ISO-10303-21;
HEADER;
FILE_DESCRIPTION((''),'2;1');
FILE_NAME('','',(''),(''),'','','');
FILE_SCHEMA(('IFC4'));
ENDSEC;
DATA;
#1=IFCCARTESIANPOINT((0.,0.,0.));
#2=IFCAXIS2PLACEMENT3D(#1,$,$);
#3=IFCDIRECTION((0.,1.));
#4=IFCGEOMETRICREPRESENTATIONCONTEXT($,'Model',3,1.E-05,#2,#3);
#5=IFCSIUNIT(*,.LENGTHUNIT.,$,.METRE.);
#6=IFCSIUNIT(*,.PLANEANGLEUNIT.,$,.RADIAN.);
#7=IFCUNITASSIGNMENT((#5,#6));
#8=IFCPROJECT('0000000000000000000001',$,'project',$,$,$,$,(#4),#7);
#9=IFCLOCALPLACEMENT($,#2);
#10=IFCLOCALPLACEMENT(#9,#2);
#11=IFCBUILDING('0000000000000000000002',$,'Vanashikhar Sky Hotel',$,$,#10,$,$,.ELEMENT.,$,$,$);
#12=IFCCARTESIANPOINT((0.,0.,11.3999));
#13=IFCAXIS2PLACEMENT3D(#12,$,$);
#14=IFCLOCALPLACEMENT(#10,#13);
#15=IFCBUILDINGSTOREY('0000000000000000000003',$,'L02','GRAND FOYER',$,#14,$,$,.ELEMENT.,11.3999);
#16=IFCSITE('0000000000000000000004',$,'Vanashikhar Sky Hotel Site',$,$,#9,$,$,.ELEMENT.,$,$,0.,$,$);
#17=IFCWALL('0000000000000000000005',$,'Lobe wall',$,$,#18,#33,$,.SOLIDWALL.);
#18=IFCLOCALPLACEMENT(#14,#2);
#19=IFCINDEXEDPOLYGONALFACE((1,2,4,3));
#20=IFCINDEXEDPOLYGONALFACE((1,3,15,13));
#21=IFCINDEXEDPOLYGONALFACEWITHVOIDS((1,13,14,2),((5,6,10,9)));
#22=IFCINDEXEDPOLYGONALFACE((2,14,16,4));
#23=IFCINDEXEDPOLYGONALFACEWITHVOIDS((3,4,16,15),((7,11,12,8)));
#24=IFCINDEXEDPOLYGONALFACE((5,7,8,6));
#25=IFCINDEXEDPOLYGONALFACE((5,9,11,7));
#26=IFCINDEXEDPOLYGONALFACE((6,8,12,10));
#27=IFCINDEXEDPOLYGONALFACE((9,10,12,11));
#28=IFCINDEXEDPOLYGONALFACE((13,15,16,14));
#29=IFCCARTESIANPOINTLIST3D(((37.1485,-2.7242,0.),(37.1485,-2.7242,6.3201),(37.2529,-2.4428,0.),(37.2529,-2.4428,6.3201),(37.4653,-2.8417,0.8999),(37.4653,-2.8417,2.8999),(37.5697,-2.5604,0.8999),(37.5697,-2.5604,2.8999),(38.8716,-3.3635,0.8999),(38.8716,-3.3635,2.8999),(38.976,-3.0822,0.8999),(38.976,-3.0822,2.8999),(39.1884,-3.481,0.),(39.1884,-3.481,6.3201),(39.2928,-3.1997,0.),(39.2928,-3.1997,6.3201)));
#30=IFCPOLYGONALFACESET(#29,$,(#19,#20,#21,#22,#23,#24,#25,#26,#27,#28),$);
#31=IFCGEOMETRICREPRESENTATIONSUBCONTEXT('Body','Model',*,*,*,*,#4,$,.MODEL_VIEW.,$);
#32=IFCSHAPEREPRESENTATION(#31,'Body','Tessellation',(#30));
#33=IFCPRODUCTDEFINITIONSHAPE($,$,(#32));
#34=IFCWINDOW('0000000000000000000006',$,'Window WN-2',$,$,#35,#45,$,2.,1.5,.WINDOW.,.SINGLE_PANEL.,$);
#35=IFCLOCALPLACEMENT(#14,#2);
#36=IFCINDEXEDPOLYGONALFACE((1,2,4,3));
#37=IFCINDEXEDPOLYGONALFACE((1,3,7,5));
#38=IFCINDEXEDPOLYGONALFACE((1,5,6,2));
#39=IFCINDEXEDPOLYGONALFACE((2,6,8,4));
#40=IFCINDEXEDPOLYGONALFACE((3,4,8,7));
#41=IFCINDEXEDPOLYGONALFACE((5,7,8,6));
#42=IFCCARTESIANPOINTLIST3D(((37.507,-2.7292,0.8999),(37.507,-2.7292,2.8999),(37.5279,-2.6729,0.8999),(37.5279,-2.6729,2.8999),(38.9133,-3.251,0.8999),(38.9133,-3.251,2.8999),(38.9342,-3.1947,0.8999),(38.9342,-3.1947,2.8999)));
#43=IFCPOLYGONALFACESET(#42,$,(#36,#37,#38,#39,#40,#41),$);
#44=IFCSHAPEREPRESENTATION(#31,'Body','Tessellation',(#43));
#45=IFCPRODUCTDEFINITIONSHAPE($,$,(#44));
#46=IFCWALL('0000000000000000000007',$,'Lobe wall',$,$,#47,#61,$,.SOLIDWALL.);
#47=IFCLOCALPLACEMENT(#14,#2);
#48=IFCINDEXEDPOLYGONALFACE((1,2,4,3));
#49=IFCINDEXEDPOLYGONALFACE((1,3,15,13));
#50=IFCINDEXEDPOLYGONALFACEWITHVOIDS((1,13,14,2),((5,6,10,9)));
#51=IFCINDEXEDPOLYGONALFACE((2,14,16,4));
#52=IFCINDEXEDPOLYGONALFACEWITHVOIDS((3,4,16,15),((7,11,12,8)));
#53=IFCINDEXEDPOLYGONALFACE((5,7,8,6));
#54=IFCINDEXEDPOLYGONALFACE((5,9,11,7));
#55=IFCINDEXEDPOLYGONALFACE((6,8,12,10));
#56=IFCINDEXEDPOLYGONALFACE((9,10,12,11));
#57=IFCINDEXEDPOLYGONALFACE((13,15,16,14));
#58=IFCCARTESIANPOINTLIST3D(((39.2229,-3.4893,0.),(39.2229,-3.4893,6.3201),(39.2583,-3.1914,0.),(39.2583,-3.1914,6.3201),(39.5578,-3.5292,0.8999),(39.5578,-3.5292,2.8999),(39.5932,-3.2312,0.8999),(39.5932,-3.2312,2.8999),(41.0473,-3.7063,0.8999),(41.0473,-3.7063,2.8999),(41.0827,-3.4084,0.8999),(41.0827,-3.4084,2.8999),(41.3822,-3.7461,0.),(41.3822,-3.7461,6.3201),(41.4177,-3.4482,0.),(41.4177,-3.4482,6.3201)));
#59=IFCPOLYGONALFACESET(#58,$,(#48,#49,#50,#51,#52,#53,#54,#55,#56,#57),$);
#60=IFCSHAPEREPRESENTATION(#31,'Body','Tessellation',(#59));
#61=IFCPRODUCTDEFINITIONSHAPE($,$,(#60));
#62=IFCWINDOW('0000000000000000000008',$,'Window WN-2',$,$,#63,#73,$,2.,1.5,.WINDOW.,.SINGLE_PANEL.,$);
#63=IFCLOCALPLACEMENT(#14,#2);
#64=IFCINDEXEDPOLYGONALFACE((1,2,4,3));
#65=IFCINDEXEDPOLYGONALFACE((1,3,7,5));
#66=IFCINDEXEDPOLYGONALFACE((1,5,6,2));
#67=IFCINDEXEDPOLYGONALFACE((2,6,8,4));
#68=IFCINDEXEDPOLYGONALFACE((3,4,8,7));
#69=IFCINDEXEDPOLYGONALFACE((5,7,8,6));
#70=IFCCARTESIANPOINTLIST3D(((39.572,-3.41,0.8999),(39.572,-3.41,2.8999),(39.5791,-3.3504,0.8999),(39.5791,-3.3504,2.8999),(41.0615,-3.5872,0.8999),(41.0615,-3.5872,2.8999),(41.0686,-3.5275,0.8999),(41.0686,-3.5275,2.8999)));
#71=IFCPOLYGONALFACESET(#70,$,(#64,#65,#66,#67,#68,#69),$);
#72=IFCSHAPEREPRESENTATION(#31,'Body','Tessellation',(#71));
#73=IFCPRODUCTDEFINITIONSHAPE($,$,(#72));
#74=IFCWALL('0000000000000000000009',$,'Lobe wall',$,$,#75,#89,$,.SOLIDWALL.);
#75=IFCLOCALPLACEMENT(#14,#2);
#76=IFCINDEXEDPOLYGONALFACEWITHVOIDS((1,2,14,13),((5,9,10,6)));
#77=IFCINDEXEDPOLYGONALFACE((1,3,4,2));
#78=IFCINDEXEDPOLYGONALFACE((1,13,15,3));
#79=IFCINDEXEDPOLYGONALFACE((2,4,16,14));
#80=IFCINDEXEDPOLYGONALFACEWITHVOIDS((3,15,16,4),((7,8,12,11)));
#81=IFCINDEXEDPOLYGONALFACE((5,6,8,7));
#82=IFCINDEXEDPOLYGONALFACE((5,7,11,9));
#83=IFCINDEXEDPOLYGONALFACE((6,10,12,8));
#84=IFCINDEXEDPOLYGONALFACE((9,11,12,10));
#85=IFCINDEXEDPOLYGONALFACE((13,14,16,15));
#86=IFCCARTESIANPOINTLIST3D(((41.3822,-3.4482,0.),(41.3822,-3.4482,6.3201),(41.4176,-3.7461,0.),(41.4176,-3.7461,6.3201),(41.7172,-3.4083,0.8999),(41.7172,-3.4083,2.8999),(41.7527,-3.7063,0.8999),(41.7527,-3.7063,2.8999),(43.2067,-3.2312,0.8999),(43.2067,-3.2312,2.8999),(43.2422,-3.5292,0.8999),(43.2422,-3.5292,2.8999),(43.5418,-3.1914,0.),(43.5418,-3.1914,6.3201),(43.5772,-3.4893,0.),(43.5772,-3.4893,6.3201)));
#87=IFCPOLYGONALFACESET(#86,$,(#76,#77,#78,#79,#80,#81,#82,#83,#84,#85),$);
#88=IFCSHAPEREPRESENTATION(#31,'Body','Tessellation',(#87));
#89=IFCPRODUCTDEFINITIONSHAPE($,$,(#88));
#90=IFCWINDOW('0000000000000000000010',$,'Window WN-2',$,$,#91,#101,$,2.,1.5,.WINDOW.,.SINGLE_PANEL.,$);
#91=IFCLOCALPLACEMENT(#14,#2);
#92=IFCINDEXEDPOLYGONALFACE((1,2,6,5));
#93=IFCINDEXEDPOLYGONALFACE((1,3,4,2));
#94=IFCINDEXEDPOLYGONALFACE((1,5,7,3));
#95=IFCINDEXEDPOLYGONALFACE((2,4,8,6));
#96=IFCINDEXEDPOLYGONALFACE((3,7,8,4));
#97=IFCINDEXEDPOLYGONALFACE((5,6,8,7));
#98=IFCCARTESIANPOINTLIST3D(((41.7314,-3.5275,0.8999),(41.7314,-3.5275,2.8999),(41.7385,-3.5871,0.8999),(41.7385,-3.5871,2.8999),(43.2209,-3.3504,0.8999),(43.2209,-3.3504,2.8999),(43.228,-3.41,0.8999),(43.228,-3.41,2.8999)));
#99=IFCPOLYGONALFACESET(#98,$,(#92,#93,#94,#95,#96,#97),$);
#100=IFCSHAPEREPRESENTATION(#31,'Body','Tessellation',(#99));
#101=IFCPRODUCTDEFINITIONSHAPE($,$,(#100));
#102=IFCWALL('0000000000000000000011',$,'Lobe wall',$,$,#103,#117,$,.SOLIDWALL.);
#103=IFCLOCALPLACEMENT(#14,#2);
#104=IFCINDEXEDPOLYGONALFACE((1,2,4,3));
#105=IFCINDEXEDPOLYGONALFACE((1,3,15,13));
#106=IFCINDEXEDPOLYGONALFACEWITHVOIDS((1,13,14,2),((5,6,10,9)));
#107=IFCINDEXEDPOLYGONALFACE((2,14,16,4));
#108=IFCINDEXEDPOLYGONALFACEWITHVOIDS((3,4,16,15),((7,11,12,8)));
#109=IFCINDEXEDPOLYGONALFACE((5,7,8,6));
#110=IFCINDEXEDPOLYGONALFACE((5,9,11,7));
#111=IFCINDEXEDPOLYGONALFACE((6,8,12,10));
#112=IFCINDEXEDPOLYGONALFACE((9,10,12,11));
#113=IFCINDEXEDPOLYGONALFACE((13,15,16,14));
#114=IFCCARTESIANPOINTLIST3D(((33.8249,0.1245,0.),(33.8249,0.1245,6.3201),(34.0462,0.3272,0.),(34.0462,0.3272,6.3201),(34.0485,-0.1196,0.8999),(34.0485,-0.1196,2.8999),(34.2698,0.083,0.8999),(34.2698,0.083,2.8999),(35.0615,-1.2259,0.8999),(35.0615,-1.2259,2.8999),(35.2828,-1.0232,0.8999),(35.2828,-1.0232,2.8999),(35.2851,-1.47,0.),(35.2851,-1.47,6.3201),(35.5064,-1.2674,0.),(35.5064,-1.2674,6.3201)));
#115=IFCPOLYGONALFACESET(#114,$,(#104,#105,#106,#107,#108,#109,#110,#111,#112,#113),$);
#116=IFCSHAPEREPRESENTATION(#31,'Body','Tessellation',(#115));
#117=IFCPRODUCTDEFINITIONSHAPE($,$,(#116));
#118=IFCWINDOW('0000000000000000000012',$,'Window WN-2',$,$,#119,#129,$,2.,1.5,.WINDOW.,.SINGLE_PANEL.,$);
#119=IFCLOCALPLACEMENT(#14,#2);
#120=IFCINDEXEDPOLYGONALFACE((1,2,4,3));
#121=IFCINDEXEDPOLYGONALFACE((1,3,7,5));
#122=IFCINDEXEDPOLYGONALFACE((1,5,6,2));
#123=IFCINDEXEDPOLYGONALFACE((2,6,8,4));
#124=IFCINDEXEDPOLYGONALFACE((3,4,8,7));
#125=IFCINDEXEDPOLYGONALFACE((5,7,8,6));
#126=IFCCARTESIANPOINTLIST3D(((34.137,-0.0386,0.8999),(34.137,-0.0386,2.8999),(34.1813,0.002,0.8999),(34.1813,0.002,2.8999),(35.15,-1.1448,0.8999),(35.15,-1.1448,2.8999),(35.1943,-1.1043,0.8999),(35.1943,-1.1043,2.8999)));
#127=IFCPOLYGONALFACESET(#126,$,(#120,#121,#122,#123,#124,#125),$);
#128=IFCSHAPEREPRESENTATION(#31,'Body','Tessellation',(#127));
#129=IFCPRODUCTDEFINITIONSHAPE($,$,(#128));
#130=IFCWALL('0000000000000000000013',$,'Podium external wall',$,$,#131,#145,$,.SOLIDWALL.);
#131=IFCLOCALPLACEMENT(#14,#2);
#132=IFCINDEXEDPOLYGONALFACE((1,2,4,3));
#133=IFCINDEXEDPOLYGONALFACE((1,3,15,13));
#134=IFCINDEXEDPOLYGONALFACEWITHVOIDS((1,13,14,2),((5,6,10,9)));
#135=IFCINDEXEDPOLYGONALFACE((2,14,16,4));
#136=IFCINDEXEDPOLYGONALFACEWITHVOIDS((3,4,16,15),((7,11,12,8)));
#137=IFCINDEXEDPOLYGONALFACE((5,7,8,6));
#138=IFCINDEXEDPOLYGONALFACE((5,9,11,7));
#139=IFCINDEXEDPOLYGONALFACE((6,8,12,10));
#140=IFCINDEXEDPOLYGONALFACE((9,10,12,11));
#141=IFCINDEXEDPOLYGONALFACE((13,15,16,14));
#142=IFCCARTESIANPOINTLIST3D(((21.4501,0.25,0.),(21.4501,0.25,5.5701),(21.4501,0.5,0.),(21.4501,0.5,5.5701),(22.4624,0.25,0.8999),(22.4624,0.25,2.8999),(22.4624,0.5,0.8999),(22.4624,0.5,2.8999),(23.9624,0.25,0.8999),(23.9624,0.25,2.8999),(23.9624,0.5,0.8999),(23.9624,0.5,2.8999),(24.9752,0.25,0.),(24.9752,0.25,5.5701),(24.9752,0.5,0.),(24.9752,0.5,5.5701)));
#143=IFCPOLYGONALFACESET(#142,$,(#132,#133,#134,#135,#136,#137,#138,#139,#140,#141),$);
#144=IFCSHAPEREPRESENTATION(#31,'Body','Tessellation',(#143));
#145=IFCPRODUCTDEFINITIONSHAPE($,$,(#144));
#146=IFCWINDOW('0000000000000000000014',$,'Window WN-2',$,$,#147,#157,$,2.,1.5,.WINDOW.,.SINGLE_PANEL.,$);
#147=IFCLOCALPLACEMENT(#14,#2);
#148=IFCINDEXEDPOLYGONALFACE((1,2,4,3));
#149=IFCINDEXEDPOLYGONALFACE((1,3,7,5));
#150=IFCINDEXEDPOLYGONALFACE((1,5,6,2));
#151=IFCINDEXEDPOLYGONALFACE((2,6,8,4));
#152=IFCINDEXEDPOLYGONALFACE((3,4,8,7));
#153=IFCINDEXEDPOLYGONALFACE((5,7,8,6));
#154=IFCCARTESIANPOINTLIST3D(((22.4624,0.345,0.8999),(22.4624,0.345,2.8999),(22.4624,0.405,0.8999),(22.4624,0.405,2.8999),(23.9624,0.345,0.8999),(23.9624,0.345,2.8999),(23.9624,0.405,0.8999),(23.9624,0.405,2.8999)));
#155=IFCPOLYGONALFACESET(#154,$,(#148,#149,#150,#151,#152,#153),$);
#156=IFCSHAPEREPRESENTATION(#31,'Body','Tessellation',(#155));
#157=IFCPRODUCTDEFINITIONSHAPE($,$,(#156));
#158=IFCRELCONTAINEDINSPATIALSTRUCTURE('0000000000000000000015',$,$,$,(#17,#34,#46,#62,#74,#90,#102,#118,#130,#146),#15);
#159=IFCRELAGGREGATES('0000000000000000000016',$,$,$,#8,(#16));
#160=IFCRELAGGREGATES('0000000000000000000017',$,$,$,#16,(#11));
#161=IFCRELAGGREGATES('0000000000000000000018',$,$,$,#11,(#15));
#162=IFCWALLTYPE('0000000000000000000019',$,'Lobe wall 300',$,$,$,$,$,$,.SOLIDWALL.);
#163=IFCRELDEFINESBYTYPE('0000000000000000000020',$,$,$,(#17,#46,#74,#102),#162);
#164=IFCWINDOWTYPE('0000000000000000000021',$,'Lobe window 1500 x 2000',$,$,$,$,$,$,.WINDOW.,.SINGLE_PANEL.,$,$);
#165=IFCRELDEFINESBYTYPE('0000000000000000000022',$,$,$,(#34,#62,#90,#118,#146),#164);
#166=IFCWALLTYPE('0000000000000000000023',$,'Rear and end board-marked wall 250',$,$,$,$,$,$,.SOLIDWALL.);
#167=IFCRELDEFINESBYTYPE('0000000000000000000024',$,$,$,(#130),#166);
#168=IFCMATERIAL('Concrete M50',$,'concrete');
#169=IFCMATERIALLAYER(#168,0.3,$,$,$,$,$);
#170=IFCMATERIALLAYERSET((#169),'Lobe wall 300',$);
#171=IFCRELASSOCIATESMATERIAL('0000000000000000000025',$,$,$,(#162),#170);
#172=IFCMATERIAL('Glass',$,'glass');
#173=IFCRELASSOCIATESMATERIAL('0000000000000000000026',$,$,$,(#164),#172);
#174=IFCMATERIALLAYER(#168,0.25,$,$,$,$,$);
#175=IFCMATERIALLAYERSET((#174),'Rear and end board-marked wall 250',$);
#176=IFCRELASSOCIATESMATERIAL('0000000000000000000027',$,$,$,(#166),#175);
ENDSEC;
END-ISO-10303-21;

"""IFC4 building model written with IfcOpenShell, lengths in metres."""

from ifc_helpers import new_model, si_unit, direction, frame, frame_2d, origin, place, context, subcontext, project, spatial, rectangle, extrude, source, transform, mapped, material, layer, layer_set, type_object, element, fill, save


model = new_model("IFC4")

# Units and contexts
model_context = context("Model", 3, precision=1e-05, world=origin(), true_north=direction((0.0, 1.0)))
body_context = subcontext(model_context, "Body", "Model", "MODEL_VIEW")
ifc_project = project(units=[si_unit("LENGTHUNIT", "METRE"), si_unit("PLANEANGLEUNIT", "RADIAN")], contexts=[model_context])

# Site, building, storey
site_placement = place(None, origin())
site = spatial("IfcSite", under=ifc_project, at=site_placement, Name="Vanashikhar Sky Hotel Site", CompositionType="ELEMENT", RefElevation=0.0)
building_placement = place(site_placement, origin())
building = spatial("IfcBuilding", under=site, at=building_placement, Name="Vanashikhar Sky Hotel", CompositionType="ELEMENT")
storey_placement = place(building_placement, frame((0.0, 0.0, 11.3999)))
storey = spatial("IfcBuildingStorey", under=building, at=storey_placement, Name="L02", Description="GRAND FOYER", CompositionType="ELEMENT", Elevation=11.3999)

# Shared definitions
ifc_material_1 = material(Name="Concrete M50", Category="concrete")

# Shared definitions
ifc_material_2 = material(Name="Glass", Category="glass")

# Walls, openings, windows
ifc_layer_1 = layer(ifc_material_1, 0.3)
ifc_layer_set_1 = layer_set([ifc_layer_1], Name="Lobe wall 300")
wall_type_1 = type_object("IfcWallType", Name="Lobe wall 300", PredefinedType="SOLIDWALL", material=ifc_layer_set_1)
shared_shape_1 = source(origin(), body_context, "Body", "SweptSolid", [
    extrude(rectangle(XDim=2.1758, YDim=0.3, at=frame_2d((1.0879, 0.0))), origin(), (0.0, 0.0, 1.0), 6.3201),
])
shared_shape_2 = source(origin(), body_context, "Body", "SweptSolid", [
    extrude(rectangle(XDim=1.5, YDim=2.0, at=frame_2d((0.75, 1.0))), frame((0.0, 0.1602, 0.0), z_axis=(0.0, -1.0, 0.0), x_axis=(1.0, 0.0, 0.0)), (0.0, 0.0, 1.0), 0.3201),
])
window_type = type_object("IfcWindowType", Name="Lobe window 1500 x 2000", PartitioningType="SINGLE_PANEL", PredefinedType="WINDOW", material=ifc_material_2)
shared_shape_3 = source(origin(), body_context, "Body", "SweptSolid", [
    extrude(rectangle(XDim=1.5, YDim=2.0, at=frame_2d((0.75, 1.0))), frame((0.0, 0.03, 0.0), z_axis=(0.0, -1.0, 0.0), x_axis=(1.0, 0.0, 0.0)), (0.0, 0.0, 1.0), 0.0601),
])
wall_1_placement = place(storey_placement, frame((37.2007, -2.5835, 0.0), z_axis=(0.0, 0.0, 1.0), x_axis=(0.937546, -0.347863, 0.0)))
wall_1 = element("IfcWall", 1, at=wall_1_placement, inside=storey, type_object=wall_type_1, Name="Lobe wall", PredefinedType="SOLIDWALL", context=body_context, shape_type="MappedRepresentation", body=[
    mapped(shared_shape_1, transform((0.0, 0.0, 0.0), scale=1.0)),
])
opening_1_placement = place(wall_1_placement, frame((0.3379, 0.0, 0.8999)))
opening_1 = element("IfcOpeningElement", 2, at=opening_1_placement, cuts=wall_1, PredefinedType="OPENING", context=body_context, shape_type="MappedRepresentation", body=[
    mapped(shared_shape_2, transform((0.0, 0.0, 0.0), scale=1.0)),
])
window_1_placement = place(opening_1_placement, origin())
window_1 = element("IfcWindow", 3, at=window_1_placement, inside=storey, type_object=window_type, Name="Window WN-2", OverallHeight=2.0, OverallWidth=1.5, PartitioningType="SINGLE_PANEL", PredefinedType="WINDOW", context=body_context, shape_type="MappedRepresentation", body=[
    mapped(shared_shape_3, transform((0.0, 0.0, 0.0), scale=1.0)),
])
fill(opening_1, window_1)
shared_shape_4 = source(origin(), body_context, "Body", "SweptSolid", [
    extrude(rectangle(XDim=2.1746, YDim=0.3, at=frame_2d((1.0874, 0.0))), origin(), (0.0, 0.0, 1.0), 6.3201),
])
wall_2_placement = place(storey_placement, frame((39.2405, -3.3403, 0.0), z_axis=(0.0, 0.0, 1.0), x_axis=(0.993001, -0.118105, 0.0)))
wall_2 = element("IfcWall", 4, at=wall_2_placement, inside=storey, type_object=wall_type_1, Name="Lobe wall", PredefinedType="SOLIDWALL", context=body_context, shape_type="MappedRepresentation", body=[
    mapped(shared_shape_4, transform((0.0, 0.0, 0.0), scale=1.0)),
])
opening_2_placement = place(wall_2_placement, frame((0.3374, 0.0, 0.8999)))
opening_2 = element("IfcOpeningElement", 5, at=opening_2_placement, cuts=wall_2, PredefinedType="OPENING", context=body_context, shape_type="MappedRepresentation", body=[
    mapped(shared_shape_2, transform((0.0, 0.0, 0.0), scale=1.0)),
])
window_2_placement = place(opening_2_placement, origin())
window_2 = element("IfcWindow", 6, at=window_2_placement, inside=storey, type_object=window_type, Name="Window WN-2", OverallHeight=2.0, OverallWidth=1.5, PartitioningType="SINGLE_PANEL", PredefinedType="WINDOW", context=body_context, shape_type="MappedRepresentation", body=[
    mapped(shared_shape_3, transform((0.0, 0.0, 0.0), scale=1.0)),
])
fill(opening_2, window_2)
shared_shape_5 = source(origin(), body_context, "Body", "SweptSolid", [
    extrude(rectangle(XDim=2.1748, YDim=0.3, at=frame_2d((1.0874, 0.0))), origin(), (0.0, 0.0, 1.0), 6.3201),
])
wall_3_placement = place(storey_placement, frame((41.3999, -3.5972, 0.0), z_axis=(0.0, 0.0, 1.0), x_axis=(0.993003, 0.118092, 0.0)))
wall_3 = element("IfcWall", 7, at=wall_3_placement, inside=storey, type_object=wall_type_1, Name="Lobe wall", PredefinedType="SOLIDWALL", context=body_context, shape_type="MappedRepresentation", body=[
    mapped(shared_shape_5, transform((0.0, 0.0, 0.0), scale=1.0)),
])
opening_3_placement = place(wall_3_placement, frame((0.3374, 0.0, 0.8999)))
opening_3 = element("IfcOpeningElement", 8, at=opening_3_placement, cuts=wall_3, PredefinedType="OPENING", context=body_context, shape_type="MappedRepresentation", body=[
    mapped(shared_shape_2, transform((0.0, 0.0, 0.0), scale=1.0)),
])
window_3_placement = place(opening_3_placement, origin())
window_3 = element("IfcWindow", 9, at=window_3_placement, inside=storey, type_object=window_type, Name="Window WN-2", OverallHeight=2.0, OverallWidth=1.5, PartitioningType="SINGLE_PANEL", PredefinedType="WINDOW", context=body_context, shape_type="MappedRepresentation", body=[
    mapped(shared_shape_3, transform((0.0, 0.0, 0.0), scale=1.0)),
])
fill(opening_3, window_3)
shared_shape_6 = source(origin(), body_context, "Body", "SweptSolid", [
    extrude(rectangle(XDim=2.1621, YDim=0.3, at=frame_2d((1.0811, 0.0))), origin(), (0.0, 0.0, 1.0), 6.3201),
])
wall_4_placement = place(storey_placement, frame((33.9355, 0.2258, 0.0), z_axis=(0.0, 0.0, 1.0), x_axis=(0.675372, -0.737477, 0.0)))
wall_4 = element("IfcWall", 10, at=wall_4_placement, inside=storey, type_object=wall_type_1, Name="Lobe wall", PredefinedType="SOLIDWALL", context=body_context, shape_type="MappedRepresentation", body=[
    mapped(shared_shape_6, transform((0.0, 0.0, 0.0), scale=1.0)),
])
opening_4_placement = place(wall_4_placement, frame((0.3311, 0.0, 0.8999)))
opening_4 = element("IfcOpeningElement", 11, at=opening_4_placement, cuts=wall_4, PredefinedType="OPENING", context=body_context, shape_type="MappedRepresentation", body=[
    mapped(shared_shape_2, transform((0.0, 0.0, 0.0), scale=1.0)),
])
window_4_placement = place(opening_4_placement, origin())
window_4 = element("IfcWindow", 12, at=window_4_placement, inside=storey, type_object=window_type, Name="Window WN-2", OverallHeight=2.0, OverallWidth=1.5, PartitioningType="SINGLE_PANEL", PredefinedType="WINDOW", context=body_context, shape_type="MappedRepresentation", body=[
    mapped(shared_shape_3, transform((0.0, 0.0, 0.0), scale=1.0)),
])
fill(opening_4, window_4)
ifc_layer_2 = layer(ifc_material_1, 0.25)
ifc_layer_set_2 = layer_set([ifc_layer_2], Name="Rear and end board-marked wall 250")
wall_type_2 = type_object("IfcWallType", Name="Rear and end board-marked wall 250", PredefinedType="SOLIDWALL", material=ifc_layer_set_2)
shared_shape_7 = source(origin(), body_context, "Body", "SweptSolid", [
    extrude(rectangle(XDim=3.5251, YDim=0.25, at=frame_2d((1.7627, 0.0))), origin(), (0.0, 0.0, 1.0), 5.5701),
])
wall_5_placement = place(storey_placement, frame((21.45, 0.375, 0.0), z_axis=(0.0, 0.0, 1.0), x_axis=(1.0, 0.0, 0.0)))
wall_5 = element("IfcWall", 13, at=wall_5_placement, inside=storey, type_object=wall_type_2, Name="Podium external wall", PredefinedType="SOLIDWALL", context=body_context, shape_type="MappedRepresentation", body=[
    mapped(shared_shape_7, transform((0.0, 0.0, 0.0), scale=1.0)),
])
shared_shape_8 = source(origin(), body_context, "Body", "SweptSolid", [
    extrude(rectangle(XDim=1.5, YDim=2.0, at=frame_2d((0.75, 1.0))), frame((0.0, 0.135, 0.0), z_axis=(0.0, -1.0, 0.0), x_axis=(1.0, 0.0, 0.0)), (0.0, 0.0, 1.0), 0.27),
])
opening_5_placement = place(wall_5_placement, frame((1.0125, 0.0, 0.8999)))
opening_5 = element("IfcOpeningElement", 14, at=opening_5_placement, cuts=wall_5, PredefinedType="OPENING", context=body_context, shape_type="MappedRepresentation", body=[
    mapped(shared_shape_8, transform((0.0, 0.0, 0.0), scale=1.0)),
])
window_5_placement = place(opening_5_placement, origin())
window_5 = element("IfcWindow", 15, at=window_5_placement, inside=storey, type_object=window_type, Name="Window WN-2", OverallHeight=2.0, OverallWidth=1.5, PartitioningType="SINGLE_PANEL", PredefinedType="WINDOW", context=body_context, shape_type="MappedRepresentation", body=[
    mapped(shared_shape_3, transform((0.0, 0.0, 0.0), scale=1.0)),
])
fill(opening_5, window_5)

save(model, "model.ifc")
